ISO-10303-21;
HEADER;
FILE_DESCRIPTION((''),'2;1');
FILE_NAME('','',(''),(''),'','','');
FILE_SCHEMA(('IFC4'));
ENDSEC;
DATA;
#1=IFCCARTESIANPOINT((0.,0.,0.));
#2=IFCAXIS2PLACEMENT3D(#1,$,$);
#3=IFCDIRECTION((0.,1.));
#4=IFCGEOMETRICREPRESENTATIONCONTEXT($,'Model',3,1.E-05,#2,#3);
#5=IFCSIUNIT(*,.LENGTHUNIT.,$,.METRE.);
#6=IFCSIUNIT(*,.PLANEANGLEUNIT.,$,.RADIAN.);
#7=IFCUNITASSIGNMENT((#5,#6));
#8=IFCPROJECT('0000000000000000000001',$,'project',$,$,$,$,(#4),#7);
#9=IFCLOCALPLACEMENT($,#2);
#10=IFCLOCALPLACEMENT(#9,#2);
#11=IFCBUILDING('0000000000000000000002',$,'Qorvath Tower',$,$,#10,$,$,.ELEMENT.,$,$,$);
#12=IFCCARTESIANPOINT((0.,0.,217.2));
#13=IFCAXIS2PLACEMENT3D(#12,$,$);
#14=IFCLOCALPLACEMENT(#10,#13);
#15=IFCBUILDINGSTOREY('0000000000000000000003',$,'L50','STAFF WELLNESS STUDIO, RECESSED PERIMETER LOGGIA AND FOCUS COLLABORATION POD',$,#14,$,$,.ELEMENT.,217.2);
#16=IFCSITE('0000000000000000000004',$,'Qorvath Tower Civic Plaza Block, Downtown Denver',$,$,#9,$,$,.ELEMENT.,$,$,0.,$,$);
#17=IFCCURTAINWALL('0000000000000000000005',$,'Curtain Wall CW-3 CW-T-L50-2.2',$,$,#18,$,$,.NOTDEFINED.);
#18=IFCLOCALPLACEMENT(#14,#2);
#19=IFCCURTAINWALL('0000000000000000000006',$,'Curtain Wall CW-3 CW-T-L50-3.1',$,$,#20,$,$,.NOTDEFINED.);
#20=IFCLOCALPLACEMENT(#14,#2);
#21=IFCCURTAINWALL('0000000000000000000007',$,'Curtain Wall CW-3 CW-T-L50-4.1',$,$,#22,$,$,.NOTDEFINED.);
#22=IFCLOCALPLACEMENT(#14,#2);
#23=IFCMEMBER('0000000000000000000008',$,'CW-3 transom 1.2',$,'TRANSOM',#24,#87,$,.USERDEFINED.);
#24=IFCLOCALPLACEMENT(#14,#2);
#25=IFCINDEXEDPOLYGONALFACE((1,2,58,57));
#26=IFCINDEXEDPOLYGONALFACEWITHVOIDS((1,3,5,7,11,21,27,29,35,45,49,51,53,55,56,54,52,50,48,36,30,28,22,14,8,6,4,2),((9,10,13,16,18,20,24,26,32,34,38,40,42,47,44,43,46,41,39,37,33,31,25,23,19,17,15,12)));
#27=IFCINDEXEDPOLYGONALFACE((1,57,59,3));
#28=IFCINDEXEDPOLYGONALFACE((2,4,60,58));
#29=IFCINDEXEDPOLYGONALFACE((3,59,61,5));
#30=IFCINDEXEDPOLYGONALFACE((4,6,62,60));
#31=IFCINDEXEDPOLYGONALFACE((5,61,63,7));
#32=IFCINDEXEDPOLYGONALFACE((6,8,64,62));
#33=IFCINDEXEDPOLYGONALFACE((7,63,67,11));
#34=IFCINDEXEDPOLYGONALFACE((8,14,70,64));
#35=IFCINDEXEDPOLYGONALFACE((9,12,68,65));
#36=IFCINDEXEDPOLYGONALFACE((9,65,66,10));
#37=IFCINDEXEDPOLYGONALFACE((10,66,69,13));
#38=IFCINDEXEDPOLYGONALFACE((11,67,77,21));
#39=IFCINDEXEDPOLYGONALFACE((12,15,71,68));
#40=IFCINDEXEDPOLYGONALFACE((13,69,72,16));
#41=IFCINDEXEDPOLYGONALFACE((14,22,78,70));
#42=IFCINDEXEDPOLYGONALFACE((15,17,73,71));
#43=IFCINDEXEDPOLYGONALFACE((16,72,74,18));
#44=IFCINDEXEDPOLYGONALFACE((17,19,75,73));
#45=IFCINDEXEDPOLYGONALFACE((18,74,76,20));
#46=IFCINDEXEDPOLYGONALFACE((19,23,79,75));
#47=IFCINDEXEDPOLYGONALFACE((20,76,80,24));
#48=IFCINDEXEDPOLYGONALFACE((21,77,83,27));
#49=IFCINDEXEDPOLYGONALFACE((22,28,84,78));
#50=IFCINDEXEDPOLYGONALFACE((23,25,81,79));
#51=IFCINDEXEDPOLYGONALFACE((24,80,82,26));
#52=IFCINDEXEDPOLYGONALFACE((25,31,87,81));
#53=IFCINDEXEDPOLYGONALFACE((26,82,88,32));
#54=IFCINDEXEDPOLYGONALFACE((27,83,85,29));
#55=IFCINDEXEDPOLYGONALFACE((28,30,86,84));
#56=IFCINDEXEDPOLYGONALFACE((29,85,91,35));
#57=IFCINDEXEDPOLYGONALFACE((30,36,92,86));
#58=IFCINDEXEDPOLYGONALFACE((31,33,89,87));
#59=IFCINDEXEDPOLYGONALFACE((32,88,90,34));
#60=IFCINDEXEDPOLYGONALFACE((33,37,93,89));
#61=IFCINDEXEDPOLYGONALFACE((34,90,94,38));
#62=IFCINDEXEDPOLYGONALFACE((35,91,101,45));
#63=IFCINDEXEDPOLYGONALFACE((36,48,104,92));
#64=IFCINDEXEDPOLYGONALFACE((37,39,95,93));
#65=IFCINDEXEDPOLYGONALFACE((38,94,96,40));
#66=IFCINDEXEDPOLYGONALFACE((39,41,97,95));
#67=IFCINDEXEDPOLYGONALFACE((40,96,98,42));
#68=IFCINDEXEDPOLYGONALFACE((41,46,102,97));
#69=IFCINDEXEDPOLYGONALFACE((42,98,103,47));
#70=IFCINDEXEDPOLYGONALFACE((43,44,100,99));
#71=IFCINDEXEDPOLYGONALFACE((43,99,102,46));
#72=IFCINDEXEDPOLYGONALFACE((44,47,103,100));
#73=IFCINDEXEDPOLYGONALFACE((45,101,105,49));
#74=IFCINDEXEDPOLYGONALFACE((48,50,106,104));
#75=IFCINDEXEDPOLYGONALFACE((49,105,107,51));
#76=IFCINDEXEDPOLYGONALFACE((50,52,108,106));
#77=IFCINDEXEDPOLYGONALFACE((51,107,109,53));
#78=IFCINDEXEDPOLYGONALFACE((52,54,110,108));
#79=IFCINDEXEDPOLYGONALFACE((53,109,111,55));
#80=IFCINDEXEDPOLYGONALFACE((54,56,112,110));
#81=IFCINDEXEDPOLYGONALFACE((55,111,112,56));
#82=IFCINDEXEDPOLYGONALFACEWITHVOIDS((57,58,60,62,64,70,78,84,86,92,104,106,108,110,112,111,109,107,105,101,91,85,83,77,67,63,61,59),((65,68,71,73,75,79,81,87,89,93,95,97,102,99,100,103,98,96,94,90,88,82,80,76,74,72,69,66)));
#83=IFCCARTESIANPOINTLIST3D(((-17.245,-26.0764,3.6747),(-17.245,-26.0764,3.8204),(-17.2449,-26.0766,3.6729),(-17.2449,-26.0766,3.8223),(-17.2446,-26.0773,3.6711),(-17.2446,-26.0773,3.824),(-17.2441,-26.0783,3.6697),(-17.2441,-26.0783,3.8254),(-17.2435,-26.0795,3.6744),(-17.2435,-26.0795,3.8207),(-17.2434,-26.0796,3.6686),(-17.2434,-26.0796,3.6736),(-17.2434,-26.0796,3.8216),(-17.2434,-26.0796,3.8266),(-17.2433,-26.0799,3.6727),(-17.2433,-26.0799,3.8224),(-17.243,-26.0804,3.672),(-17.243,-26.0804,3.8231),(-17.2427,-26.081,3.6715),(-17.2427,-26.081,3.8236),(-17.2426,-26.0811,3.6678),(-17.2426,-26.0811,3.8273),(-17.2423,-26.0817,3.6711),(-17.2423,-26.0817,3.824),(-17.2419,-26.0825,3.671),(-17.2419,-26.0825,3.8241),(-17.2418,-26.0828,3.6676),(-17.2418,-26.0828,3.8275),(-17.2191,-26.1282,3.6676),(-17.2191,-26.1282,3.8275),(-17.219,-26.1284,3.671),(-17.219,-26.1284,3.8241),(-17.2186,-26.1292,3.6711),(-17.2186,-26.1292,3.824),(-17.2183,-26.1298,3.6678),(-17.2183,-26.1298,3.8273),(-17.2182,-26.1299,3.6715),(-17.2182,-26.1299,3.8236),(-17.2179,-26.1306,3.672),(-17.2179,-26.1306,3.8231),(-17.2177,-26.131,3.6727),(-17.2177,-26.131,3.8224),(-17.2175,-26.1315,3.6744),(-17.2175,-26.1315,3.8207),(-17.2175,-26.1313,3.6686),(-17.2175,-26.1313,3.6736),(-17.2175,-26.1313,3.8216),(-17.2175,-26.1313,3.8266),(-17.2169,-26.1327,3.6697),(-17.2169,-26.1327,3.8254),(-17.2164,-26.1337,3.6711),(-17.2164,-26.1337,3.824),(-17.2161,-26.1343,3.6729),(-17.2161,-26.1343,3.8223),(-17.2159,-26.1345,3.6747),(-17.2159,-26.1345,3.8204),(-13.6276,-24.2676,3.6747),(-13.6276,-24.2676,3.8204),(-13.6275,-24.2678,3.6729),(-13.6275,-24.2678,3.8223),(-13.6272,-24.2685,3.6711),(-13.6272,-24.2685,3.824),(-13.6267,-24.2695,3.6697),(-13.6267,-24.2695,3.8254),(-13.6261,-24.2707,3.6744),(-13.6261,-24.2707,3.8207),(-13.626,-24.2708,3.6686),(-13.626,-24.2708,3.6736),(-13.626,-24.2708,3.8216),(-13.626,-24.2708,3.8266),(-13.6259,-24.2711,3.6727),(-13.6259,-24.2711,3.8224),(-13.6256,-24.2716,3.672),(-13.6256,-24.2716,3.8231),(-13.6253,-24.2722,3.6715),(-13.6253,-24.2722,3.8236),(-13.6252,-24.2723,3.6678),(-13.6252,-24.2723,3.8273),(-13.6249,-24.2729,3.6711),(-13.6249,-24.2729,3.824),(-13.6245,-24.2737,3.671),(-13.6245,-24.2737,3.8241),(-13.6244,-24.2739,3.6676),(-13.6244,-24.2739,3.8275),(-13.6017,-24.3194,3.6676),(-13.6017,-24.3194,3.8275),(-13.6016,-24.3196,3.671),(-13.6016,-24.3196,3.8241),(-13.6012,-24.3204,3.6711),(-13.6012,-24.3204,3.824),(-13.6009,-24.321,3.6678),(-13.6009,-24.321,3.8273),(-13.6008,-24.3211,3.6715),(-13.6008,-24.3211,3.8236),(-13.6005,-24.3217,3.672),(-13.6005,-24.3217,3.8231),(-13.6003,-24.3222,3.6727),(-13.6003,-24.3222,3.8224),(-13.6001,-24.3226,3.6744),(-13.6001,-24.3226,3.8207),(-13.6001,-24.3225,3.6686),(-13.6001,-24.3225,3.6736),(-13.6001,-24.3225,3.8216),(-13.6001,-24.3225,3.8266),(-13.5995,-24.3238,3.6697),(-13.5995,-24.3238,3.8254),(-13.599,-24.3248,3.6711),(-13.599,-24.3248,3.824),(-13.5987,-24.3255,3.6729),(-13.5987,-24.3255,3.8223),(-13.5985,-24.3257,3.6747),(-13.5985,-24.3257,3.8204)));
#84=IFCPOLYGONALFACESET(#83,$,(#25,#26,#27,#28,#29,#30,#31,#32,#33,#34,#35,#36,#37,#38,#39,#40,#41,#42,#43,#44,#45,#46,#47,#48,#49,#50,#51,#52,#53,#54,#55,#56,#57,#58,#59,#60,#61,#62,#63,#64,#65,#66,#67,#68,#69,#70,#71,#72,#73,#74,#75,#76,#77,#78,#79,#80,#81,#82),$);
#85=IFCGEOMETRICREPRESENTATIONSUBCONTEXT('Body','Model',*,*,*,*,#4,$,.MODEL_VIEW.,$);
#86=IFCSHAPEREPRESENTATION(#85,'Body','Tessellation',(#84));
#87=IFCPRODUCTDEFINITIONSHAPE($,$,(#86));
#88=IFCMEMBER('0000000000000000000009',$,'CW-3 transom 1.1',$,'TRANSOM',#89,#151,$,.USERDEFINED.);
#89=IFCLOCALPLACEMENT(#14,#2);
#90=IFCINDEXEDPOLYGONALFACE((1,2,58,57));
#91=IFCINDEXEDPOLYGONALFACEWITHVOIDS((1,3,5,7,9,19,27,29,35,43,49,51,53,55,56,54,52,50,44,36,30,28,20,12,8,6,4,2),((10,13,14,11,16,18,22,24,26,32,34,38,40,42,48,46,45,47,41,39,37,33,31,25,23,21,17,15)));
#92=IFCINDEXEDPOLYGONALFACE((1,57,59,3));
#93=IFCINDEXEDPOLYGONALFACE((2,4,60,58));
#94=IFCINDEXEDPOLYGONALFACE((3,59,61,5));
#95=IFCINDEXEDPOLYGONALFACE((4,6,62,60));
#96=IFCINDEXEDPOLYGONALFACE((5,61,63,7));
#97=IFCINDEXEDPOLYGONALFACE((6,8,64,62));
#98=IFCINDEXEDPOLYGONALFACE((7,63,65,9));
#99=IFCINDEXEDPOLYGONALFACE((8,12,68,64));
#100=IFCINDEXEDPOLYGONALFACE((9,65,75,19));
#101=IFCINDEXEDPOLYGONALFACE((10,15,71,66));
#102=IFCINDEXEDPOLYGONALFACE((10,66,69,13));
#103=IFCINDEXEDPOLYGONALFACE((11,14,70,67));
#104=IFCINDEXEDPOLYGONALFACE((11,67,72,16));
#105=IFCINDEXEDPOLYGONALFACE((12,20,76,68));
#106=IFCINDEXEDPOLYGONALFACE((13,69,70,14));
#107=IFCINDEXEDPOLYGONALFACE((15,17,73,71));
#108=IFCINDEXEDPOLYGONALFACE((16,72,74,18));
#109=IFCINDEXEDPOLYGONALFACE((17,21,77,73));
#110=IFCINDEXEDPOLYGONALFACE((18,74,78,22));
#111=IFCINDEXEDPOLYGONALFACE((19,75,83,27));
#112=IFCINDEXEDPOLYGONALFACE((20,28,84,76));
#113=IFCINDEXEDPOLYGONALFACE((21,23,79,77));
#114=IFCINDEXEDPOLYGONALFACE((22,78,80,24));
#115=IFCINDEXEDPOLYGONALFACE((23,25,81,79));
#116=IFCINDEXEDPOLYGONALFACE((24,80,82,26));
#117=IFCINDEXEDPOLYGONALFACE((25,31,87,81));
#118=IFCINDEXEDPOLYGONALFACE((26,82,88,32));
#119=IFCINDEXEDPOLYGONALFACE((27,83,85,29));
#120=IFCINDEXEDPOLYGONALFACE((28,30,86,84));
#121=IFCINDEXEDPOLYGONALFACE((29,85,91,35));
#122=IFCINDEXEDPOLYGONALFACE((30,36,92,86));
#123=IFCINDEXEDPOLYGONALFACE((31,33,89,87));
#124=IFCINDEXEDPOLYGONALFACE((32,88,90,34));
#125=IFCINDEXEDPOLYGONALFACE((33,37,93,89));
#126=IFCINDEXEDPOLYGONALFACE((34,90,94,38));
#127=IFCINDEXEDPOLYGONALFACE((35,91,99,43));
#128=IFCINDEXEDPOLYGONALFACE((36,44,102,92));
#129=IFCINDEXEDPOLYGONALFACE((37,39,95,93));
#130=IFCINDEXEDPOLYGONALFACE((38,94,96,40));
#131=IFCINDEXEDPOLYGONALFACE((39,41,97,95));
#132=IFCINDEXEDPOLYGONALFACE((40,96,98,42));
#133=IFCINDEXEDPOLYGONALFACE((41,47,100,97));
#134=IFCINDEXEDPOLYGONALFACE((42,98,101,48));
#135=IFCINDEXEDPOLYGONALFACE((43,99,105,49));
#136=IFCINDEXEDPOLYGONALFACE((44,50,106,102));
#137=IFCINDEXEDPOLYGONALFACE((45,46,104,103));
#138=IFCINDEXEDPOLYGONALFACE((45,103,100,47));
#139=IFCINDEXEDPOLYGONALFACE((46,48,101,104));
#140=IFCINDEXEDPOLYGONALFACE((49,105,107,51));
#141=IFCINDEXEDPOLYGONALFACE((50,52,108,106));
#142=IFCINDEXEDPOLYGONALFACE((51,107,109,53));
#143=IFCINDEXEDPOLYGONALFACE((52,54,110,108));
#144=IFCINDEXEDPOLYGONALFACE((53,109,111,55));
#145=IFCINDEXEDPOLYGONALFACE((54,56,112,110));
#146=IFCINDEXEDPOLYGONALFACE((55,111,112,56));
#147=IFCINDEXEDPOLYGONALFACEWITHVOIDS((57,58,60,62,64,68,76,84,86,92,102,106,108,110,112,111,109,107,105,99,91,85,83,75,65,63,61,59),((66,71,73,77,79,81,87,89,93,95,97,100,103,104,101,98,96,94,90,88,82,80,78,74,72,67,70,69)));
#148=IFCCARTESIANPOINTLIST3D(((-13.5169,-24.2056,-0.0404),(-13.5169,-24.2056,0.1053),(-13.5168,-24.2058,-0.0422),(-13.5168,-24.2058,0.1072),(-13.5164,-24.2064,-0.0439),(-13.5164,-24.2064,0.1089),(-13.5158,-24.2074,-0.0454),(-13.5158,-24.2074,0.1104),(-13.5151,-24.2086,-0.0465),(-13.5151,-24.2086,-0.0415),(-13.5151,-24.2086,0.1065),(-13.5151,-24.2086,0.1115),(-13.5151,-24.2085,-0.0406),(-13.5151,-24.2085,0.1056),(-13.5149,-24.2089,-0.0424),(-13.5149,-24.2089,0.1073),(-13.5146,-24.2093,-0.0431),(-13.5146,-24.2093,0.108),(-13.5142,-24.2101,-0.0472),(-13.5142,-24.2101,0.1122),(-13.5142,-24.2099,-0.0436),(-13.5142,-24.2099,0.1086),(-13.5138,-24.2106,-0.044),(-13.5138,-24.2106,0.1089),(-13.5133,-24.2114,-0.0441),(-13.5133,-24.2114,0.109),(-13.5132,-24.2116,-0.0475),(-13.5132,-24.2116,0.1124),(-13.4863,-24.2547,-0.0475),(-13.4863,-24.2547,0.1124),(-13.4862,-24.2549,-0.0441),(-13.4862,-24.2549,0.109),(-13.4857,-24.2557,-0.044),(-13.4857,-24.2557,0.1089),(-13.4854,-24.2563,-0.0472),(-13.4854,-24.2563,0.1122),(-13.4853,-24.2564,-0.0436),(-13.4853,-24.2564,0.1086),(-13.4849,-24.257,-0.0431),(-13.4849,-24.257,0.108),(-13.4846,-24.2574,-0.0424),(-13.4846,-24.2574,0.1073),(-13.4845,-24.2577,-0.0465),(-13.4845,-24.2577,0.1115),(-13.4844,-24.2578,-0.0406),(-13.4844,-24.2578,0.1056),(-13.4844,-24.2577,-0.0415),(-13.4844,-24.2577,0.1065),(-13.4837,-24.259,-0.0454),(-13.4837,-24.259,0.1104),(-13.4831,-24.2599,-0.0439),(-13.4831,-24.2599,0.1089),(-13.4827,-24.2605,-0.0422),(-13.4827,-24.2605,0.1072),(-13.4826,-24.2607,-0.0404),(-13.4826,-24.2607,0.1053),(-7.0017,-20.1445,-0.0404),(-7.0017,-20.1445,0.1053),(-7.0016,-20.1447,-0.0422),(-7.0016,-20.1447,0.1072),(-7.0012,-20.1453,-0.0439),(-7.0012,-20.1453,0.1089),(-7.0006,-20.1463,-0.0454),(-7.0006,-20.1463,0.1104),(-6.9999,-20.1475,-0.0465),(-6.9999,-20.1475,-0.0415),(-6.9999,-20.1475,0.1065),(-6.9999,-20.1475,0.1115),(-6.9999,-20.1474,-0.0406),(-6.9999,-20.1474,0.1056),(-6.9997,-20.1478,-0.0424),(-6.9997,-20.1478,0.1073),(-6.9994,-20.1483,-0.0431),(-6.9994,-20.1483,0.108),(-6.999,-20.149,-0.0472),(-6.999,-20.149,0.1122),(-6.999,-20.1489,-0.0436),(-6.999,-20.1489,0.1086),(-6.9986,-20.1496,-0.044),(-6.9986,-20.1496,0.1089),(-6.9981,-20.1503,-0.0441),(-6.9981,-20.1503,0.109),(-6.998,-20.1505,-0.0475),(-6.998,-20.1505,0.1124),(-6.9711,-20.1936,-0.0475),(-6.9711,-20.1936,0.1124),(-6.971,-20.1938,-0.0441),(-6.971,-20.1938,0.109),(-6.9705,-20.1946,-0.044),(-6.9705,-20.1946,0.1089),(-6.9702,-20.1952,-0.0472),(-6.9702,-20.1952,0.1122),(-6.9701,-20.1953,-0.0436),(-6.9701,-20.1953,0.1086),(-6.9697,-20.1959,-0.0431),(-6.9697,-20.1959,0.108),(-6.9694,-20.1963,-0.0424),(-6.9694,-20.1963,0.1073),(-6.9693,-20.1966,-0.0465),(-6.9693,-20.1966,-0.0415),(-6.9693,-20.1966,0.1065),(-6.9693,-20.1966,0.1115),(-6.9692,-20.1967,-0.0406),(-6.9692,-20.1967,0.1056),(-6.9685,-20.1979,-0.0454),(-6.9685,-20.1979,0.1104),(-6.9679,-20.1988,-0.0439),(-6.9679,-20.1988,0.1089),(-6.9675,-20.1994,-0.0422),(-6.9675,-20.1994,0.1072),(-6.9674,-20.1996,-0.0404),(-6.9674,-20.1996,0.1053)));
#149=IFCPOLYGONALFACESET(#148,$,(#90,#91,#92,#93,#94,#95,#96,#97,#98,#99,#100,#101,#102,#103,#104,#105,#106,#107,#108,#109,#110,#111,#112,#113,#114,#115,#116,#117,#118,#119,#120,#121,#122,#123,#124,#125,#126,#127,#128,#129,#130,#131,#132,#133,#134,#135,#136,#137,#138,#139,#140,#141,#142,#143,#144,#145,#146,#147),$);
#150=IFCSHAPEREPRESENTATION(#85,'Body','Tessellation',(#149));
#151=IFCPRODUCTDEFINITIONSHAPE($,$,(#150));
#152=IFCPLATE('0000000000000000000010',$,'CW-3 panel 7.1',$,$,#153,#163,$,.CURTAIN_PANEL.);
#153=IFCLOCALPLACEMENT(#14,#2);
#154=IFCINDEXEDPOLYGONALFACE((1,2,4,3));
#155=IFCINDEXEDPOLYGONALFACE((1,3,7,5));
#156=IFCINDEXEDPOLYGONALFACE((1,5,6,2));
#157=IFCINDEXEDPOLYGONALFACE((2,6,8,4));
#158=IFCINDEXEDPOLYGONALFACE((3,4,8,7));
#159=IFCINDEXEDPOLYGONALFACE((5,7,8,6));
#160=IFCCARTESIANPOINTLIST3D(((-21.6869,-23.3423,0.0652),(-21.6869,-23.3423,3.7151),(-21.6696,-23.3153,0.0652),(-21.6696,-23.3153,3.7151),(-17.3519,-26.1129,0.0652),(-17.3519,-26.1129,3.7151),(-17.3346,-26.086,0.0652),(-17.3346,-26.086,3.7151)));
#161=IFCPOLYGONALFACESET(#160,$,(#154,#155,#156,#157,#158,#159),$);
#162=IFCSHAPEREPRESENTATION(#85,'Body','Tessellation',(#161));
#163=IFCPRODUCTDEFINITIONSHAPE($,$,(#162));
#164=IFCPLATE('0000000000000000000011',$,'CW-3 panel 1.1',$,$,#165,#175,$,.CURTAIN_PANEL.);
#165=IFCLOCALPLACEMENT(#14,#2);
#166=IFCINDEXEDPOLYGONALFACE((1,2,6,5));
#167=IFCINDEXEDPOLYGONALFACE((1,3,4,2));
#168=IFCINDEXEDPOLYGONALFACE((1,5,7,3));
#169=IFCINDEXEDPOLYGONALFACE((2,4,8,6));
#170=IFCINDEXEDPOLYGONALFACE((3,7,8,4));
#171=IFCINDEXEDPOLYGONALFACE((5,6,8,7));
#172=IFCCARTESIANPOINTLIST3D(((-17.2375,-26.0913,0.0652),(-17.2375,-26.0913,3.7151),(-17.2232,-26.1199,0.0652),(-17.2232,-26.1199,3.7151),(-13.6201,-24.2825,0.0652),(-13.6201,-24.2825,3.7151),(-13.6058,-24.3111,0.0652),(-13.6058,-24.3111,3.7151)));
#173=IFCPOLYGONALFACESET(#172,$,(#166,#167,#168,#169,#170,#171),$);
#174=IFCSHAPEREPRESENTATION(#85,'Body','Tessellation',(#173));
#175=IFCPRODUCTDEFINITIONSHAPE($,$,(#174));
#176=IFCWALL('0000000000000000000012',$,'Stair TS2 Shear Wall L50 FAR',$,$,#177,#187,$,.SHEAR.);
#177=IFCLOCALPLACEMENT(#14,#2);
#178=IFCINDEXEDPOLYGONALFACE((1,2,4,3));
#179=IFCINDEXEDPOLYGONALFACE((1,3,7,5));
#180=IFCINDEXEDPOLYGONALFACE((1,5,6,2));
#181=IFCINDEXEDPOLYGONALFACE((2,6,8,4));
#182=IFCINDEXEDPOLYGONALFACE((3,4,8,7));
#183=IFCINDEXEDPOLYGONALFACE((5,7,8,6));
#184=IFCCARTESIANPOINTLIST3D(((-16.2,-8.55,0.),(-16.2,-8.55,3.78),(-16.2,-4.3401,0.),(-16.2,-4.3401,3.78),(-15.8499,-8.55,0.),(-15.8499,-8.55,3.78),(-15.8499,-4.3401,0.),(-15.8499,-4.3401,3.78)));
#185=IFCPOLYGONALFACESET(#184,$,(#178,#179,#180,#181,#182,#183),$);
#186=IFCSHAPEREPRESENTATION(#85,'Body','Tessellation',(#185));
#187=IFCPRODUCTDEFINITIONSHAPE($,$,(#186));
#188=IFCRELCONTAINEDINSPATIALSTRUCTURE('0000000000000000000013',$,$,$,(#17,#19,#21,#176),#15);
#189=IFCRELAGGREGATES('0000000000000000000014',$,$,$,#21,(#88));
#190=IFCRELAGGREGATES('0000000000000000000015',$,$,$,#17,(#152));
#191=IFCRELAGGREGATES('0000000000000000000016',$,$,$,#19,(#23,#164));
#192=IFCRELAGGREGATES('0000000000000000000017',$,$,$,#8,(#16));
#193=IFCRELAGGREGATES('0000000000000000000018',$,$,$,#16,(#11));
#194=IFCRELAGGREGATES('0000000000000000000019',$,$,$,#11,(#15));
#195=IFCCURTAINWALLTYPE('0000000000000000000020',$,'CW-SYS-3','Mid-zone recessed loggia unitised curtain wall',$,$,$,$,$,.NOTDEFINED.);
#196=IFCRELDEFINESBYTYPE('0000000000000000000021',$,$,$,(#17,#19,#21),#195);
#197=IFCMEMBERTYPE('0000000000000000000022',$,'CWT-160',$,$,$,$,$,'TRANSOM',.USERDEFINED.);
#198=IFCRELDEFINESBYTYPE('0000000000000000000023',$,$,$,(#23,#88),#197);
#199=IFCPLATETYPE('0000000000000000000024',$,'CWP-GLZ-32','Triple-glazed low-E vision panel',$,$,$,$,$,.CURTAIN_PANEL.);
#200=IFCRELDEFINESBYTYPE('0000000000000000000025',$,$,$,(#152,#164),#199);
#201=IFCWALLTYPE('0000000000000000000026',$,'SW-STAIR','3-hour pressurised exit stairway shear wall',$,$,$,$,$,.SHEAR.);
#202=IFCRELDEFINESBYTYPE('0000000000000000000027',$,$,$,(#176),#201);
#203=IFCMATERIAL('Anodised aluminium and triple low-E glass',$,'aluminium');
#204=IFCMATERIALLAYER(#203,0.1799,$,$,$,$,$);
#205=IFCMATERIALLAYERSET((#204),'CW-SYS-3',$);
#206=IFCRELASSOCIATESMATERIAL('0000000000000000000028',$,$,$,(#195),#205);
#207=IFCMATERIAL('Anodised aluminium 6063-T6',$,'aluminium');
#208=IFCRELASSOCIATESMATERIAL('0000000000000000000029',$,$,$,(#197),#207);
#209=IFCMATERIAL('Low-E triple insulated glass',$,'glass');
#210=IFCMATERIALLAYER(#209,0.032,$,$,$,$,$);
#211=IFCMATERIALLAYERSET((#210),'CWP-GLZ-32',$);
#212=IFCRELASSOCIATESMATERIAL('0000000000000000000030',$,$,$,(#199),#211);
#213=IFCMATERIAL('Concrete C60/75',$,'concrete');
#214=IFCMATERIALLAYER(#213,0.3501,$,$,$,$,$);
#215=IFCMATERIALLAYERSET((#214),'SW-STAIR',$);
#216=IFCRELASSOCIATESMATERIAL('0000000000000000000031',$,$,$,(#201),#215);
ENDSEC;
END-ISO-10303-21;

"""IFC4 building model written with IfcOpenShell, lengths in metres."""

from ifc_helpers import new_model, si_unit, direction, frame, frame_2d, origin, origin_2d, place, context, subcontext, project, spatial, rectangle, hollow_rectangle, extrude, material, layer, layer_set, material_profile, profile_set, type_object, element, aggregate, save


model = new_model("IFC4")

# Units and contexts
model_context = context("Model", 3, precision=1e-05, world=origin(), true_north=direction((0.0, 1.0)))
body_context = subcontext(model_context, "Body", "Model", "MODEL_VIEW")
ifc_project = project(units=[si_unit("LENGTHUNIT", "METRE"), si_unit("PLANEANGLEUNIT", "RADIAN")], contexts=[model_context])

# Site, building, storey
site_placement = place(None, origin())
site = spatial("IfcSite", under=ifc_project, at=site_placement, Name="Qorvath Tower Civic Plaza Block, Downtown Denver", CompositionType="ELEMENT", RefElevation=0.0)
building_placement = place(site_placement, origin())
building = spatial("IfcBuilding", under=site, at=building_placement, Name="Qorvath Tower", CompositionType="ELEMENT")
storey_placement = place(building_placement, frame((0.0, 0.0, 217.2)))
storey = spatial("IfcBuildingStorey", under=building, at=storey_placement, Name="L50", Description="STAFF WELLNESS STUDIO, RECESSED PERIMETER LOGGIA AND FOCUS COLLABORATION POD", CompositionType="ELEMENT", Elevation=217.2)

# Curtain walls
ifc_material_1 = material(Name="Anodised aluminium and triple low-E glass", Category="aluminium")
ifc_layer_1 = layer(ifc_material_1, 0.1799)
ifc_layer_set_1 = layer_set([ifc_layer_1], Name="CW-SYS-3")
curtain_wall_type = type_object("IfcCurtainWallType", Name="CW-SYS-3", Description="Mid-zone recessed loggia unitised curtain wall", PredefinedType="NOTDEFINED", material=ifc_layer_set_1)
curtain_wall_1_placement = place(storey_placement, origin())
curtain_wall_1 = element("IfcCurtainWall", 1, at=curtain_wall_1_placement, inside=storey, type_object=curtain_wall_type, Name="Curtain Wall CW-3 CW-T-L50-2.2", PredefinedType="NOTDEFINED")
curtain_wall_2_placement = place(storey_placement, origin())
curtain_wall_2 = element("IfcCurtainWall", 2, at=curtain_wall_2_placement, inside=storey, type_object=curtain_wall_type, Name="Curtain Wall CW-3 CW-T-L50-3.1", PredefinedType="NOTDEFINED")

# Curtain wall
curtain_wall_3_placement = place(storey_placement, origin())
curtain_wall_3 = element("IfcCurtainWall", 3, at=curtain_wall_3_placement, inside=storey, type_object=curtain_wall_type, Name="Curtain Wall CW-3 CW-T-L50-4.1", PredefinedType="NOTDEFINED")

# Members
ifc_material_2 = material(Name="Anodised aluminium 6063-T6", Category="aluminium")
ifc_material_profile_1 = material_profile(ifc_material_2, hollow_rectangle(XDim=0.0649, YDim=0.1599, WallThickness=0.0034, InnerFilletRadius=0.0034, OuterFilletRadius=0.0071, at=origin_2d()), Name="CWT 160x65")
ifc_profile_set_1 = profile_set([ifc_material_profile_1], Name="Anodised aluminium 6063-T6")
member_type_1 = type_object("IfcMemberType", Name="CWT-160", ElementType="TRANSOM", PredefinedType="USERDEFINED", material=ifc_profile_set_1)
member_1_placement = place(storey_placement, frame((-17.2305, -26.1055, 3.7476), z_axis=(0.894415, 0.447238, 0.0), x_axis=(-0.447238, 0.894415, 0.0)))
member_1 = element("IfcMember", 4, at=member_1_placement, type_object=member_type_1, Name="CW-3 transom 1.2", ObjectType="TRANSOM", PredefinedType="USERDEFINED", context=body_context, shape_type="SweptSolid", body=[
    extrude(hollow_rectangle(XDim=0.0649, YDim=0.1599, WallThickness=0.0034, InnerFilletRadius=0.0034, OuterFilletRadius=0.0071, at=origin_2d()), origin(), (0.0, 0.0, 1.0), 4.0444),
])
member_2_placement = place(storey_placement, frame((-13.4998, -24.2332, 0.0325), z_axis=(0.848637, 0.528975, 0.0), x_axis=(-0.528975, 0.848637, 0.0)))
member_2 = element("IfcMember", 5, at=member_2_placement, type_object=member_type_1, Name="CW-3 transom 1.1", ObjectType="TRANSOM", PredefinedType="USERDEFINED", context=body_context, shape_type="SweptSolid", body=[
    extrude(hollow_rectangle(XDim=0.0649, YDim=0.1599, WallThickness=0.0034, InnerFilletRadius=0.0034, OuterFilletRadius=0.0071, at=origin_2d()), origin(), (0.0, 0.0, 1.0), 7.6772),
])
aggregate(curtain_wall_3, [member_2])

# Plates
ifc_material_3 = material(Name="Low-E triple insulated glass", Category="glass")
ifc_layer_2 = layer(ifc_material_3, 0.032)
ifc_layer_set_2 = layer_set([ifc_layer_2], Name="CWP-GLZ-32")
plate_type = type_object("IfcPlateType", Name="CWP-GLZ-32", Description="Triple-glazed low-E vision panel", PredefinedType="CURTAIN_PANEL", material=ifc_layer_set_2)
plate_1_placement = place(storey_placement, frame((-19.5107, -24.7141, 0.0652), z_axis=(0.0, 0.0, 1.0), x_axis=(0.842603, -0.538535, 0.0)))
plate_1 = element("IfcPlate", 6, at=plate_1_placement, type_object=plate_type, Name="CW-3 panel 7.1", PredefinedType="CURTAIN_PANEL", context=body_context, shape_type="SweptSolid", body=[
    extrude(rectangle(XDim=5.1448, YDim=0.032, at=origin_2d()), origin(), (0.0, 0.0, 1.0), 3.6499),
])
aggregate(curtain_wall_1, [plate_1])
plate_2_placement = place(storey_placement, frame((-15.4216, -25.2012, 0.0652), z_axis=(0.0, 0.0, 1.0), x_axis=(0.894422, 0.447223, 0.0)))
plate_2 = element("IfcPlate", 7, at=plate_2_placement, type_object=plate_type, Name="CW-3 panel 1.1", PredefinedType="CURTAIN_PANEL", context=body_context, shape_type="SweptSolid", body=[
    extrude(rectangle(XDim=4.0444, YDim=0.032, at=origin_2d()), origin(), (0.0, 0.0, 1.0), 3.6499),
])
aggregate(curtain_wall_2, [member_1, plate_2])

# Wall
ifc_material_4 = material(Name="Concrete C60/75", Category="concrete")
ifc_layer_3 = layer(ifc_material_4, 0.3501)
ifc_layer_set_3 = layer_set([ifc_layer_3], Name="SW-STAIR")
wall_type = type_object("IfcWallType", Name="SW-STAIR", Description="3-hour pressurised exit stairway shear wall", PredefinedType="SHEAR", material=ifc_layer_set_3)
wall_placement = place(storey_placement, frame((-16.0249, -8.55, 0.0), z_axis=(0.0, 0.0, 1.0), x_axis=(0.0, 1.0, 0.0)))
element("IfcWall", 8, at=wall_placement, inside=storey, type_object=wall_type, Name="Stair TS2 Shear Wall L50 FAR", PredefinedType="SHEAR", context=body_context, shape_type="SweptSolid", body=[
    extrude(rectangle(XDim=4.21, YDim=0.3501, at=frame_2d((2.105, 0.0))), origin(), (0.0, 0.0, 1.0), 3.78),
])

save(model, "model.ifc")
